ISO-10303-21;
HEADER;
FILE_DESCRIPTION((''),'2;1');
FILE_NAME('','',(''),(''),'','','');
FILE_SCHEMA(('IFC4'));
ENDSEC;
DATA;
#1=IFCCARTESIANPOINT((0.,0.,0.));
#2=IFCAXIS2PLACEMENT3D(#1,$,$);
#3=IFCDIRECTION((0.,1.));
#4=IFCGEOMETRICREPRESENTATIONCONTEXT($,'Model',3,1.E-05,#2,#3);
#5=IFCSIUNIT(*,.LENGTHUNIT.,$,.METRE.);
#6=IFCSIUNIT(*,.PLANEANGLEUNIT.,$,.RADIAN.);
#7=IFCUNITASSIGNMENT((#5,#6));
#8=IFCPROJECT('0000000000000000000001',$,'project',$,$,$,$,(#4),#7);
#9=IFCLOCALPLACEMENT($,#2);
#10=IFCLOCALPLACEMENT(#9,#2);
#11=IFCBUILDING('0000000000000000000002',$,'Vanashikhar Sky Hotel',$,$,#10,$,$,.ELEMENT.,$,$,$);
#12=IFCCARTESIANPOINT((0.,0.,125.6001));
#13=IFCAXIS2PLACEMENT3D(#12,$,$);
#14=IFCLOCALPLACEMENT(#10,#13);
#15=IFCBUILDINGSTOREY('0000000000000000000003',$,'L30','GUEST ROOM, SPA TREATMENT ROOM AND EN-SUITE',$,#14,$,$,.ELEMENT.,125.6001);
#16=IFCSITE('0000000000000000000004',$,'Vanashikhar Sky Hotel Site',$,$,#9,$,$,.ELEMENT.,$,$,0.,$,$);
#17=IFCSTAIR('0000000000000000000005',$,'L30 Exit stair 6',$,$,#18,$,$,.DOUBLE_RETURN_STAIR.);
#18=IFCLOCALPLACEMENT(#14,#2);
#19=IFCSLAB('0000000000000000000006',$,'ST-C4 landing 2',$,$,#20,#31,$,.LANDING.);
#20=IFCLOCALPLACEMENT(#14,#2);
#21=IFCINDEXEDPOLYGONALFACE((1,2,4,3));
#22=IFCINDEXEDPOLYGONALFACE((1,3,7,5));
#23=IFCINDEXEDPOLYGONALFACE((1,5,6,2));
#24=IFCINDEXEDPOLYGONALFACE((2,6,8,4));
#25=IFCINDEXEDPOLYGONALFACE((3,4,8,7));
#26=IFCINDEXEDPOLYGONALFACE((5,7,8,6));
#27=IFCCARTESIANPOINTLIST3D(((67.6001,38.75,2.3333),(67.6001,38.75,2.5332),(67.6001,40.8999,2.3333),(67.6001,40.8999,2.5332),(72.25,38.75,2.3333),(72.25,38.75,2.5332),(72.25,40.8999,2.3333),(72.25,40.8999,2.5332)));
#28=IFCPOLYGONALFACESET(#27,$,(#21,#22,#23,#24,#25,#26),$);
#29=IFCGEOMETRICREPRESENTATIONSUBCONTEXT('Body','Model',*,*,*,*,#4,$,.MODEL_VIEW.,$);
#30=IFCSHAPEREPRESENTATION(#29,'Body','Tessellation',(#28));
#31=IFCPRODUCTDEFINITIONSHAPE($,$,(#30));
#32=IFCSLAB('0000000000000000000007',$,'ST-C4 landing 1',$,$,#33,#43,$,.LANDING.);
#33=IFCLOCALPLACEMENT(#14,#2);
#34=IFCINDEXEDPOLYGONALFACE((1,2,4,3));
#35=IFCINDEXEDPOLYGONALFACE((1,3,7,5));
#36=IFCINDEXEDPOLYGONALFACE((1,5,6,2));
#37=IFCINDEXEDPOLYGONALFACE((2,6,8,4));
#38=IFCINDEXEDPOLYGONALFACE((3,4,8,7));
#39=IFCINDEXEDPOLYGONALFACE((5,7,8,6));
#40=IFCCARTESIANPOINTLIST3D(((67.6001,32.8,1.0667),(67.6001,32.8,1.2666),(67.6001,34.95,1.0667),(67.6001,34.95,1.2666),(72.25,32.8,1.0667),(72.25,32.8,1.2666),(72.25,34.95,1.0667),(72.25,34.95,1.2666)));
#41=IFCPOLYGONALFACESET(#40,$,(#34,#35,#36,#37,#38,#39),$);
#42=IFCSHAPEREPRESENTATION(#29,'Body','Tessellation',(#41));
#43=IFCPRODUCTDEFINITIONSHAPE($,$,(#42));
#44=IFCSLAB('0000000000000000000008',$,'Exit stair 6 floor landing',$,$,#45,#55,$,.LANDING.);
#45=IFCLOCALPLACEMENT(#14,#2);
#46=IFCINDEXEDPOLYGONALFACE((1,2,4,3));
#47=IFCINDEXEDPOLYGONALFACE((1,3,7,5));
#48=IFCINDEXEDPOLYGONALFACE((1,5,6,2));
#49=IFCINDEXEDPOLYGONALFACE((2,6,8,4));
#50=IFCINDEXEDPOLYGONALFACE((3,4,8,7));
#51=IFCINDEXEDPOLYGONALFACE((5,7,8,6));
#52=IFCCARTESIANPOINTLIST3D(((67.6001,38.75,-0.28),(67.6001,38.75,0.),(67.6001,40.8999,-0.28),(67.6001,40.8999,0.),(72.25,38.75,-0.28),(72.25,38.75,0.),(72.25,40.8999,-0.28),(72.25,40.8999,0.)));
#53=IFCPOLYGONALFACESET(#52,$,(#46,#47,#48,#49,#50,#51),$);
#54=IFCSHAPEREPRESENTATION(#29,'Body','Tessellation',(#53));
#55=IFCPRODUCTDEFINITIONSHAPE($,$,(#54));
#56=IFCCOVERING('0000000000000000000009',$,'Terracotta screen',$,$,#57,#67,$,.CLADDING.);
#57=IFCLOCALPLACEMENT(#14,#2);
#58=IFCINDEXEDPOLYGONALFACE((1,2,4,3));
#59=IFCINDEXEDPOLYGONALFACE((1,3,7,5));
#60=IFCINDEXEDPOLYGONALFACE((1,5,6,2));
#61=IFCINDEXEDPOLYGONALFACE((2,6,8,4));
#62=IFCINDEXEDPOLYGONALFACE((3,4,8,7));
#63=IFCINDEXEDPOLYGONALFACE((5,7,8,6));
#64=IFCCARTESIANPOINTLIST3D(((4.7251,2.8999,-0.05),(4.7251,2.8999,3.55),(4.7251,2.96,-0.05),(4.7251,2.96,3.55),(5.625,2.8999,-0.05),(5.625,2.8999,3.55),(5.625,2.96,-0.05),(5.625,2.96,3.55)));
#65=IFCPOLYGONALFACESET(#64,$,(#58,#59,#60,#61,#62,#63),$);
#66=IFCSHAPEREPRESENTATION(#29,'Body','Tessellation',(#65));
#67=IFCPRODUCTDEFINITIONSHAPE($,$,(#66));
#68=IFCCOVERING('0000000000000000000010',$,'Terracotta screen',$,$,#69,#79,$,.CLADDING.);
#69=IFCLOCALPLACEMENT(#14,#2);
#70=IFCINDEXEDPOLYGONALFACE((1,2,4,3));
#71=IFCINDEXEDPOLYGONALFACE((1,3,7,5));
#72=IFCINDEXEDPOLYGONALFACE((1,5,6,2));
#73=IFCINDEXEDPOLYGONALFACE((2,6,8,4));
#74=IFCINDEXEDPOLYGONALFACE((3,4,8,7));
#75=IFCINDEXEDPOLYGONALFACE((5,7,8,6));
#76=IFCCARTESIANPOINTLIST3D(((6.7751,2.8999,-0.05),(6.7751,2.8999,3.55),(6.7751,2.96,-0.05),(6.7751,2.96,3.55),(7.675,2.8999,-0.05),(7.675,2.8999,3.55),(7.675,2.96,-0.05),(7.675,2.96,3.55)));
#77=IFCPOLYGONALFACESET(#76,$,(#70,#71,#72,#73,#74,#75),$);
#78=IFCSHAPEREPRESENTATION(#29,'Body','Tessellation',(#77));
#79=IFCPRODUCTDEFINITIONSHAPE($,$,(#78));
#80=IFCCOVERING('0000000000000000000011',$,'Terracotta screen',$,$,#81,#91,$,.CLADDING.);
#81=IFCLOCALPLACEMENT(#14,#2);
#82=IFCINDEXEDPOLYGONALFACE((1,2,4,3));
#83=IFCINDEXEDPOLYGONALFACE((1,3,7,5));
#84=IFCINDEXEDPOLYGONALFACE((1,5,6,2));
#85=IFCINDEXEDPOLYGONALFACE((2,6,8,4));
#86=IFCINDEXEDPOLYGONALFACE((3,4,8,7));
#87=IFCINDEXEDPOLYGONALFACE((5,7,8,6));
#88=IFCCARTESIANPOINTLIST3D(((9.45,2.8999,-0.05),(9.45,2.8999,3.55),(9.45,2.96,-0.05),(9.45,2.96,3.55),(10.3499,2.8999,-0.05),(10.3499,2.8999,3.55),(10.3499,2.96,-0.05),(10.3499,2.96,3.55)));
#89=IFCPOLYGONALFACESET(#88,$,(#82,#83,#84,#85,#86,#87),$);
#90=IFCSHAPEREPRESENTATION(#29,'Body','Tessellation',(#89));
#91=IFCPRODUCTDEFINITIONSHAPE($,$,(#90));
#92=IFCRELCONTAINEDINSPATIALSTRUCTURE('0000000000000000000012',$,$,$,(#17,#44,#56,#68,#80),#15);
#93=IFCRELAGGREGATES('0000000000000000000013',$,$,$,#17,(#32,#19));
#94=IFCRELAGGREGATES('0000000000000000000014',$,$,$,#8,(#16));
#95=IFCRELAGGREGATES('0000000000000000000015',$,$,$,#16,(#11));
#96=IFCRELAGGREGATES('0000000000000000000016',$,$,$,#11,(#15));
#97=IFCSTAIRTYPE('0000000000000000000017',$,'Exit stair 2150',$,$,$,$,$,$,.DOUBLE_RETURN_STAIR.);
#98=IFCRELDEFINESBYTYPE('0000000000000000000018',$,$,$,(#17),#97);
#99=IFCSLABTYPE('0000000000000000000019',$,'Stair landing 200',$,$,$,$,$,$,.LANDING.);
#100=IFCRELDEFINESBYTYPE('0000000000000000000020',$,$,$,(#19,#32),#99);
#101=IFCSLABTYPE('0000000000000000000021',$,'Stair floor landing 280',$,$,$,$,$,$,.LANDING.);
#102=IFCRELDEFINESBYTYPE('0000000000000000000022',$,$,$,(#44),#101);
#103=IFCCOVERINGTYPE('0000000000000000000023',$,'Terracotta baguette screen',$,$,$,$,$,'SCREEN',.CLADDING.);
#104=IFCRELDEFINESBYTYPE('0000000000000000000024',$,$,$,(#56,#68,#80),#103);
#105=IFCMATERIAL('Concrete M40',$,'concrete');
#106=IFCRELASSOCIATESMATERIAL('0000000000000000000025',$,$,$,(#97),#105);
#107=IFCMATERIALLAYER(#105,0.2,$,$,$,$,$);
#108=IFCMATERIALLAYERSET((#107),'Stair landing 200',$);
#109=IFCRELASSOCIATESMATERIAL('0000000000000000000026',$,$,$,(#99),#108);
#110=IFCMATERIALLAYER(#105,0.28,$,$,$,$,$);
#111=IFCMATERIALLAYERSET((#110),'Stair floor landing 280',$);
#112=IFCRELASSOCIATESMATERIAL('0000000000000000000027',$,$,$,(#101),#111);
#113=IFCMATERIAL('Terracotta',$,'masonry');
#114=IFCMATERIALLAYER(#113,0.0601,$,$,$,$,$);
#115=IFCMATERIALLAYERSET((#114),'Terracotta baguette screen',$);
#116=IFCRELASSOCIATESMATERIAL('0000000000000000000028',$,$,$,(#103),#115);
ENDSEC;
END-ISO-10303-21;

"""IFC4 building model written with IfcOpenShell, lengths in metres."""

from ifc_helpers import new_model, si_unit, direction, frame, origin, origin_2d, place, context, subcontext, project, spatial, polyline, rectangle, outline, extrude, source, transform, mapped, material, layer, layer_set, type_object, element, aggregate, save


model = new_model("IFC4")

# Units and contexts
model_context = context("Model", 3, precision=1e-05, world=origin(), true_north=direction((0.0, 1.0)))
body_context = subcontext(model_context, "Body", "Model", "MODEL_VIEW")
ifc_project = project(units=[si_unit("LENGTHUNIT", "METRE"), si_unit("PLANEANGLEUNIT", "RADIAN")], contexts=[model_context])

# Site, building, storey
site_placement = place(None, origin())
site = spatial("IfcSite", under=ifc_project, at=site_placement, Name="Vanashikhar Sky Hotel Site", CompositionType="ELEMENT", RefElevation=0.0)
building_placement = place(site_placement, origin())
building = spatial("IfcBuilding", under=site, at=building_placement, Name="Vanashikhar Sky Hotel", CompositionType="ELEMENT")
storey_placement = place(building_placement, frame((0.0, 0.0, 125.6001)))
storey = spatial("IfcBuildingStorey", under=building, at=storey_placement, Name="L30", Description="GUEST ROOM, SPA TREATMENT ROOM AND EN-SUITE", CompositionType="ELEMENT", Elevation=125.6001)

# Shared definitions
ifc_material_1 = material(Name="Concrete M40", Category="concrete")

# Shared definitions
stair_type = type_object("IfcStairType", Name="Exit stair 2150", PredefinedType="DOUBLE_RETURN_STAIR", material=ifc_material_1)
ifc_layer_1 = layer(ifc_material_1, 0.2)
ifc_layer_set_1 = layer_set([ifc_layer_1], Name="Stair landing 200")
slab_type_1 = type_object("IfcSlabType", Name="Stair landing 200", PredefinedType="LANDING", material=ifc_layer_set_1)

# Shared definitions
ifc_layer_2 = layer(ifc_material_1, 0.28)
ifc_layer_set_2 = layer_set([ifc_layer_2], Name="Stair floor landing 280")
slab_type_2 = type_object("IfcSlabType", Name="Stair floor landing 280", PredefinedType="LANDING", material=ifc_layer_set_2)

# Stair, slabs
stair_1_placement = place(storey_placement, origin())
stair_1 = element("IfcStair", 1, at=stair_1_placement, inside=storey, type_object=stair_type, Name="L30 Exit stair 6", PredefinedType="DOUBLE_RETURN_STAIR")
shared_shape_1 = source(origin(), body_context, "Body", "SweptSolid", [
    extrude(outline(polyline([(72.25, 38.75), (72.25, 40.8999), (67.6001, 40.8999), (67.6001, 38.75), (72.25, 38.75)])), origin(), (0.0, 0.0, 1.0), 0.2),
])
slab_1_placement = place(storey_placement, frame((0.0, 0.0, 2.3333)))
slab_1 = element("IfcSlab", 2, at=slab_1_placement, type_object=slab_type_1, Name="ST-C4 landing 2", PredefinedType="LANDING", context=body_context, shape_type="MappedRepresentation", body=[
    mapped(shared_shape_1, transform((0.0, 0.0, 0.0), scale=1.0)),
])
shared_shape_2 = source(origin(), body_context, "Body", "SweptSolid", [
    extrude(outline(polyline([(72.25, 32.8), (72.25, 34.95), (67.6001, 34.95), (67.6001, 32.8), (72.25, 32.8)])), origin(), (0.0, 0.0, 1.0), 0.2),
])
slab_2_placement = place(storey_placement, frame((0.0, 0.0, 1.0667)))
slab_2 = element("IfcSlab", 3, at=slab_2_placement, type_object=slab_type_1, Name="ST-C4 landing 1", PredefinedType="LANDING", context=body_context, shape_type="MappedRepresentation", body=[
    mapped(shared_shape_2, transform((0.0, 0.0, 0.0), scale=1.0)),
])
aggregate(stair_1, [slab_2, slab_1])

# Slab
shared_shape_3 = source(origin(), body_context, "Body", "SweptSolid", [
    extrude(outline(polyline([(72.25, 38.75), (72.25, 40.8999), (67.6001, 40.8999), (67.6001, 38.75), (72.25, 38.75)])), origin(), (0.0, 0.0, 1.0), 0.28),
])
slab_3_placement = place(storey_placement, frame((0.0, 0.0, -0.28)))
element("IfcSlab", 4, at=slab_3_placement, inside=storey, type_object=slab_type_2, Name="Exit stair 6 floor landing", PredefinedType="LANDING", context=body_context, shape_type="MappedRepresentation", body=[
    mapped(shared_shape_3, transform((0.0, 0.0, 0.0), scale=1.0)),
])

# Coverings
ifc_material_2 = material(Name="Terracotta", Category="masonry")
ifc_layer_3 = layer(ifc_material_2, 0.0601)
ifc_layer_set_3 = layer_set([ifc_layer_3], Name="Terracotta baguette screen")
covering_type = type_object("IfcCoveringType", Name="Terracotta baguette screen", ElementType="SCREEN", PredefinedType="CLADDING", material=ifc_layer_set_3)
shared_shape_4 = source(origin(), body_context, "Body", "SweptSolid", [
    extrude(rectangle(XDim=0.8999, YDim=0.0601, at=origin_2d()), origin(), (0.0, 0.0, 1.0), 3.6001),
])
for number, where, z_axis, x_axis, name in (
    (5, (5.175, 2.9299, -0.05), (0.0, 0.0, 1.0), (1.0, 0.0, 0.0), "Terracotta screen"),
    (6, (7.2251, 2.9299, -0.05), (0.0, 0.0, 1.0), (1.0, 0.0, 0.0), "Terracotta screen"),
    (7, (9.8999, 2.9299, -0.05), (0.0, 0.0, 1.0), (1.0, 0.0, 0.0), "Terracotta screen"),
):
    element("IfcCovering", number, at=place(storey_placement, frame(where, z_axis=z_axis, x_axis=x_axis)), inside=storey, type_object=covering_type, Name=name, PredefinedType="CLADDING", context=body_context, shape_type="MappedRepresentation", body=[
        mapped(shared_shape_4, transform((0.0, 0.0, 0.0), scale=1.0)),
    ])

save(model, "model.ifc")
